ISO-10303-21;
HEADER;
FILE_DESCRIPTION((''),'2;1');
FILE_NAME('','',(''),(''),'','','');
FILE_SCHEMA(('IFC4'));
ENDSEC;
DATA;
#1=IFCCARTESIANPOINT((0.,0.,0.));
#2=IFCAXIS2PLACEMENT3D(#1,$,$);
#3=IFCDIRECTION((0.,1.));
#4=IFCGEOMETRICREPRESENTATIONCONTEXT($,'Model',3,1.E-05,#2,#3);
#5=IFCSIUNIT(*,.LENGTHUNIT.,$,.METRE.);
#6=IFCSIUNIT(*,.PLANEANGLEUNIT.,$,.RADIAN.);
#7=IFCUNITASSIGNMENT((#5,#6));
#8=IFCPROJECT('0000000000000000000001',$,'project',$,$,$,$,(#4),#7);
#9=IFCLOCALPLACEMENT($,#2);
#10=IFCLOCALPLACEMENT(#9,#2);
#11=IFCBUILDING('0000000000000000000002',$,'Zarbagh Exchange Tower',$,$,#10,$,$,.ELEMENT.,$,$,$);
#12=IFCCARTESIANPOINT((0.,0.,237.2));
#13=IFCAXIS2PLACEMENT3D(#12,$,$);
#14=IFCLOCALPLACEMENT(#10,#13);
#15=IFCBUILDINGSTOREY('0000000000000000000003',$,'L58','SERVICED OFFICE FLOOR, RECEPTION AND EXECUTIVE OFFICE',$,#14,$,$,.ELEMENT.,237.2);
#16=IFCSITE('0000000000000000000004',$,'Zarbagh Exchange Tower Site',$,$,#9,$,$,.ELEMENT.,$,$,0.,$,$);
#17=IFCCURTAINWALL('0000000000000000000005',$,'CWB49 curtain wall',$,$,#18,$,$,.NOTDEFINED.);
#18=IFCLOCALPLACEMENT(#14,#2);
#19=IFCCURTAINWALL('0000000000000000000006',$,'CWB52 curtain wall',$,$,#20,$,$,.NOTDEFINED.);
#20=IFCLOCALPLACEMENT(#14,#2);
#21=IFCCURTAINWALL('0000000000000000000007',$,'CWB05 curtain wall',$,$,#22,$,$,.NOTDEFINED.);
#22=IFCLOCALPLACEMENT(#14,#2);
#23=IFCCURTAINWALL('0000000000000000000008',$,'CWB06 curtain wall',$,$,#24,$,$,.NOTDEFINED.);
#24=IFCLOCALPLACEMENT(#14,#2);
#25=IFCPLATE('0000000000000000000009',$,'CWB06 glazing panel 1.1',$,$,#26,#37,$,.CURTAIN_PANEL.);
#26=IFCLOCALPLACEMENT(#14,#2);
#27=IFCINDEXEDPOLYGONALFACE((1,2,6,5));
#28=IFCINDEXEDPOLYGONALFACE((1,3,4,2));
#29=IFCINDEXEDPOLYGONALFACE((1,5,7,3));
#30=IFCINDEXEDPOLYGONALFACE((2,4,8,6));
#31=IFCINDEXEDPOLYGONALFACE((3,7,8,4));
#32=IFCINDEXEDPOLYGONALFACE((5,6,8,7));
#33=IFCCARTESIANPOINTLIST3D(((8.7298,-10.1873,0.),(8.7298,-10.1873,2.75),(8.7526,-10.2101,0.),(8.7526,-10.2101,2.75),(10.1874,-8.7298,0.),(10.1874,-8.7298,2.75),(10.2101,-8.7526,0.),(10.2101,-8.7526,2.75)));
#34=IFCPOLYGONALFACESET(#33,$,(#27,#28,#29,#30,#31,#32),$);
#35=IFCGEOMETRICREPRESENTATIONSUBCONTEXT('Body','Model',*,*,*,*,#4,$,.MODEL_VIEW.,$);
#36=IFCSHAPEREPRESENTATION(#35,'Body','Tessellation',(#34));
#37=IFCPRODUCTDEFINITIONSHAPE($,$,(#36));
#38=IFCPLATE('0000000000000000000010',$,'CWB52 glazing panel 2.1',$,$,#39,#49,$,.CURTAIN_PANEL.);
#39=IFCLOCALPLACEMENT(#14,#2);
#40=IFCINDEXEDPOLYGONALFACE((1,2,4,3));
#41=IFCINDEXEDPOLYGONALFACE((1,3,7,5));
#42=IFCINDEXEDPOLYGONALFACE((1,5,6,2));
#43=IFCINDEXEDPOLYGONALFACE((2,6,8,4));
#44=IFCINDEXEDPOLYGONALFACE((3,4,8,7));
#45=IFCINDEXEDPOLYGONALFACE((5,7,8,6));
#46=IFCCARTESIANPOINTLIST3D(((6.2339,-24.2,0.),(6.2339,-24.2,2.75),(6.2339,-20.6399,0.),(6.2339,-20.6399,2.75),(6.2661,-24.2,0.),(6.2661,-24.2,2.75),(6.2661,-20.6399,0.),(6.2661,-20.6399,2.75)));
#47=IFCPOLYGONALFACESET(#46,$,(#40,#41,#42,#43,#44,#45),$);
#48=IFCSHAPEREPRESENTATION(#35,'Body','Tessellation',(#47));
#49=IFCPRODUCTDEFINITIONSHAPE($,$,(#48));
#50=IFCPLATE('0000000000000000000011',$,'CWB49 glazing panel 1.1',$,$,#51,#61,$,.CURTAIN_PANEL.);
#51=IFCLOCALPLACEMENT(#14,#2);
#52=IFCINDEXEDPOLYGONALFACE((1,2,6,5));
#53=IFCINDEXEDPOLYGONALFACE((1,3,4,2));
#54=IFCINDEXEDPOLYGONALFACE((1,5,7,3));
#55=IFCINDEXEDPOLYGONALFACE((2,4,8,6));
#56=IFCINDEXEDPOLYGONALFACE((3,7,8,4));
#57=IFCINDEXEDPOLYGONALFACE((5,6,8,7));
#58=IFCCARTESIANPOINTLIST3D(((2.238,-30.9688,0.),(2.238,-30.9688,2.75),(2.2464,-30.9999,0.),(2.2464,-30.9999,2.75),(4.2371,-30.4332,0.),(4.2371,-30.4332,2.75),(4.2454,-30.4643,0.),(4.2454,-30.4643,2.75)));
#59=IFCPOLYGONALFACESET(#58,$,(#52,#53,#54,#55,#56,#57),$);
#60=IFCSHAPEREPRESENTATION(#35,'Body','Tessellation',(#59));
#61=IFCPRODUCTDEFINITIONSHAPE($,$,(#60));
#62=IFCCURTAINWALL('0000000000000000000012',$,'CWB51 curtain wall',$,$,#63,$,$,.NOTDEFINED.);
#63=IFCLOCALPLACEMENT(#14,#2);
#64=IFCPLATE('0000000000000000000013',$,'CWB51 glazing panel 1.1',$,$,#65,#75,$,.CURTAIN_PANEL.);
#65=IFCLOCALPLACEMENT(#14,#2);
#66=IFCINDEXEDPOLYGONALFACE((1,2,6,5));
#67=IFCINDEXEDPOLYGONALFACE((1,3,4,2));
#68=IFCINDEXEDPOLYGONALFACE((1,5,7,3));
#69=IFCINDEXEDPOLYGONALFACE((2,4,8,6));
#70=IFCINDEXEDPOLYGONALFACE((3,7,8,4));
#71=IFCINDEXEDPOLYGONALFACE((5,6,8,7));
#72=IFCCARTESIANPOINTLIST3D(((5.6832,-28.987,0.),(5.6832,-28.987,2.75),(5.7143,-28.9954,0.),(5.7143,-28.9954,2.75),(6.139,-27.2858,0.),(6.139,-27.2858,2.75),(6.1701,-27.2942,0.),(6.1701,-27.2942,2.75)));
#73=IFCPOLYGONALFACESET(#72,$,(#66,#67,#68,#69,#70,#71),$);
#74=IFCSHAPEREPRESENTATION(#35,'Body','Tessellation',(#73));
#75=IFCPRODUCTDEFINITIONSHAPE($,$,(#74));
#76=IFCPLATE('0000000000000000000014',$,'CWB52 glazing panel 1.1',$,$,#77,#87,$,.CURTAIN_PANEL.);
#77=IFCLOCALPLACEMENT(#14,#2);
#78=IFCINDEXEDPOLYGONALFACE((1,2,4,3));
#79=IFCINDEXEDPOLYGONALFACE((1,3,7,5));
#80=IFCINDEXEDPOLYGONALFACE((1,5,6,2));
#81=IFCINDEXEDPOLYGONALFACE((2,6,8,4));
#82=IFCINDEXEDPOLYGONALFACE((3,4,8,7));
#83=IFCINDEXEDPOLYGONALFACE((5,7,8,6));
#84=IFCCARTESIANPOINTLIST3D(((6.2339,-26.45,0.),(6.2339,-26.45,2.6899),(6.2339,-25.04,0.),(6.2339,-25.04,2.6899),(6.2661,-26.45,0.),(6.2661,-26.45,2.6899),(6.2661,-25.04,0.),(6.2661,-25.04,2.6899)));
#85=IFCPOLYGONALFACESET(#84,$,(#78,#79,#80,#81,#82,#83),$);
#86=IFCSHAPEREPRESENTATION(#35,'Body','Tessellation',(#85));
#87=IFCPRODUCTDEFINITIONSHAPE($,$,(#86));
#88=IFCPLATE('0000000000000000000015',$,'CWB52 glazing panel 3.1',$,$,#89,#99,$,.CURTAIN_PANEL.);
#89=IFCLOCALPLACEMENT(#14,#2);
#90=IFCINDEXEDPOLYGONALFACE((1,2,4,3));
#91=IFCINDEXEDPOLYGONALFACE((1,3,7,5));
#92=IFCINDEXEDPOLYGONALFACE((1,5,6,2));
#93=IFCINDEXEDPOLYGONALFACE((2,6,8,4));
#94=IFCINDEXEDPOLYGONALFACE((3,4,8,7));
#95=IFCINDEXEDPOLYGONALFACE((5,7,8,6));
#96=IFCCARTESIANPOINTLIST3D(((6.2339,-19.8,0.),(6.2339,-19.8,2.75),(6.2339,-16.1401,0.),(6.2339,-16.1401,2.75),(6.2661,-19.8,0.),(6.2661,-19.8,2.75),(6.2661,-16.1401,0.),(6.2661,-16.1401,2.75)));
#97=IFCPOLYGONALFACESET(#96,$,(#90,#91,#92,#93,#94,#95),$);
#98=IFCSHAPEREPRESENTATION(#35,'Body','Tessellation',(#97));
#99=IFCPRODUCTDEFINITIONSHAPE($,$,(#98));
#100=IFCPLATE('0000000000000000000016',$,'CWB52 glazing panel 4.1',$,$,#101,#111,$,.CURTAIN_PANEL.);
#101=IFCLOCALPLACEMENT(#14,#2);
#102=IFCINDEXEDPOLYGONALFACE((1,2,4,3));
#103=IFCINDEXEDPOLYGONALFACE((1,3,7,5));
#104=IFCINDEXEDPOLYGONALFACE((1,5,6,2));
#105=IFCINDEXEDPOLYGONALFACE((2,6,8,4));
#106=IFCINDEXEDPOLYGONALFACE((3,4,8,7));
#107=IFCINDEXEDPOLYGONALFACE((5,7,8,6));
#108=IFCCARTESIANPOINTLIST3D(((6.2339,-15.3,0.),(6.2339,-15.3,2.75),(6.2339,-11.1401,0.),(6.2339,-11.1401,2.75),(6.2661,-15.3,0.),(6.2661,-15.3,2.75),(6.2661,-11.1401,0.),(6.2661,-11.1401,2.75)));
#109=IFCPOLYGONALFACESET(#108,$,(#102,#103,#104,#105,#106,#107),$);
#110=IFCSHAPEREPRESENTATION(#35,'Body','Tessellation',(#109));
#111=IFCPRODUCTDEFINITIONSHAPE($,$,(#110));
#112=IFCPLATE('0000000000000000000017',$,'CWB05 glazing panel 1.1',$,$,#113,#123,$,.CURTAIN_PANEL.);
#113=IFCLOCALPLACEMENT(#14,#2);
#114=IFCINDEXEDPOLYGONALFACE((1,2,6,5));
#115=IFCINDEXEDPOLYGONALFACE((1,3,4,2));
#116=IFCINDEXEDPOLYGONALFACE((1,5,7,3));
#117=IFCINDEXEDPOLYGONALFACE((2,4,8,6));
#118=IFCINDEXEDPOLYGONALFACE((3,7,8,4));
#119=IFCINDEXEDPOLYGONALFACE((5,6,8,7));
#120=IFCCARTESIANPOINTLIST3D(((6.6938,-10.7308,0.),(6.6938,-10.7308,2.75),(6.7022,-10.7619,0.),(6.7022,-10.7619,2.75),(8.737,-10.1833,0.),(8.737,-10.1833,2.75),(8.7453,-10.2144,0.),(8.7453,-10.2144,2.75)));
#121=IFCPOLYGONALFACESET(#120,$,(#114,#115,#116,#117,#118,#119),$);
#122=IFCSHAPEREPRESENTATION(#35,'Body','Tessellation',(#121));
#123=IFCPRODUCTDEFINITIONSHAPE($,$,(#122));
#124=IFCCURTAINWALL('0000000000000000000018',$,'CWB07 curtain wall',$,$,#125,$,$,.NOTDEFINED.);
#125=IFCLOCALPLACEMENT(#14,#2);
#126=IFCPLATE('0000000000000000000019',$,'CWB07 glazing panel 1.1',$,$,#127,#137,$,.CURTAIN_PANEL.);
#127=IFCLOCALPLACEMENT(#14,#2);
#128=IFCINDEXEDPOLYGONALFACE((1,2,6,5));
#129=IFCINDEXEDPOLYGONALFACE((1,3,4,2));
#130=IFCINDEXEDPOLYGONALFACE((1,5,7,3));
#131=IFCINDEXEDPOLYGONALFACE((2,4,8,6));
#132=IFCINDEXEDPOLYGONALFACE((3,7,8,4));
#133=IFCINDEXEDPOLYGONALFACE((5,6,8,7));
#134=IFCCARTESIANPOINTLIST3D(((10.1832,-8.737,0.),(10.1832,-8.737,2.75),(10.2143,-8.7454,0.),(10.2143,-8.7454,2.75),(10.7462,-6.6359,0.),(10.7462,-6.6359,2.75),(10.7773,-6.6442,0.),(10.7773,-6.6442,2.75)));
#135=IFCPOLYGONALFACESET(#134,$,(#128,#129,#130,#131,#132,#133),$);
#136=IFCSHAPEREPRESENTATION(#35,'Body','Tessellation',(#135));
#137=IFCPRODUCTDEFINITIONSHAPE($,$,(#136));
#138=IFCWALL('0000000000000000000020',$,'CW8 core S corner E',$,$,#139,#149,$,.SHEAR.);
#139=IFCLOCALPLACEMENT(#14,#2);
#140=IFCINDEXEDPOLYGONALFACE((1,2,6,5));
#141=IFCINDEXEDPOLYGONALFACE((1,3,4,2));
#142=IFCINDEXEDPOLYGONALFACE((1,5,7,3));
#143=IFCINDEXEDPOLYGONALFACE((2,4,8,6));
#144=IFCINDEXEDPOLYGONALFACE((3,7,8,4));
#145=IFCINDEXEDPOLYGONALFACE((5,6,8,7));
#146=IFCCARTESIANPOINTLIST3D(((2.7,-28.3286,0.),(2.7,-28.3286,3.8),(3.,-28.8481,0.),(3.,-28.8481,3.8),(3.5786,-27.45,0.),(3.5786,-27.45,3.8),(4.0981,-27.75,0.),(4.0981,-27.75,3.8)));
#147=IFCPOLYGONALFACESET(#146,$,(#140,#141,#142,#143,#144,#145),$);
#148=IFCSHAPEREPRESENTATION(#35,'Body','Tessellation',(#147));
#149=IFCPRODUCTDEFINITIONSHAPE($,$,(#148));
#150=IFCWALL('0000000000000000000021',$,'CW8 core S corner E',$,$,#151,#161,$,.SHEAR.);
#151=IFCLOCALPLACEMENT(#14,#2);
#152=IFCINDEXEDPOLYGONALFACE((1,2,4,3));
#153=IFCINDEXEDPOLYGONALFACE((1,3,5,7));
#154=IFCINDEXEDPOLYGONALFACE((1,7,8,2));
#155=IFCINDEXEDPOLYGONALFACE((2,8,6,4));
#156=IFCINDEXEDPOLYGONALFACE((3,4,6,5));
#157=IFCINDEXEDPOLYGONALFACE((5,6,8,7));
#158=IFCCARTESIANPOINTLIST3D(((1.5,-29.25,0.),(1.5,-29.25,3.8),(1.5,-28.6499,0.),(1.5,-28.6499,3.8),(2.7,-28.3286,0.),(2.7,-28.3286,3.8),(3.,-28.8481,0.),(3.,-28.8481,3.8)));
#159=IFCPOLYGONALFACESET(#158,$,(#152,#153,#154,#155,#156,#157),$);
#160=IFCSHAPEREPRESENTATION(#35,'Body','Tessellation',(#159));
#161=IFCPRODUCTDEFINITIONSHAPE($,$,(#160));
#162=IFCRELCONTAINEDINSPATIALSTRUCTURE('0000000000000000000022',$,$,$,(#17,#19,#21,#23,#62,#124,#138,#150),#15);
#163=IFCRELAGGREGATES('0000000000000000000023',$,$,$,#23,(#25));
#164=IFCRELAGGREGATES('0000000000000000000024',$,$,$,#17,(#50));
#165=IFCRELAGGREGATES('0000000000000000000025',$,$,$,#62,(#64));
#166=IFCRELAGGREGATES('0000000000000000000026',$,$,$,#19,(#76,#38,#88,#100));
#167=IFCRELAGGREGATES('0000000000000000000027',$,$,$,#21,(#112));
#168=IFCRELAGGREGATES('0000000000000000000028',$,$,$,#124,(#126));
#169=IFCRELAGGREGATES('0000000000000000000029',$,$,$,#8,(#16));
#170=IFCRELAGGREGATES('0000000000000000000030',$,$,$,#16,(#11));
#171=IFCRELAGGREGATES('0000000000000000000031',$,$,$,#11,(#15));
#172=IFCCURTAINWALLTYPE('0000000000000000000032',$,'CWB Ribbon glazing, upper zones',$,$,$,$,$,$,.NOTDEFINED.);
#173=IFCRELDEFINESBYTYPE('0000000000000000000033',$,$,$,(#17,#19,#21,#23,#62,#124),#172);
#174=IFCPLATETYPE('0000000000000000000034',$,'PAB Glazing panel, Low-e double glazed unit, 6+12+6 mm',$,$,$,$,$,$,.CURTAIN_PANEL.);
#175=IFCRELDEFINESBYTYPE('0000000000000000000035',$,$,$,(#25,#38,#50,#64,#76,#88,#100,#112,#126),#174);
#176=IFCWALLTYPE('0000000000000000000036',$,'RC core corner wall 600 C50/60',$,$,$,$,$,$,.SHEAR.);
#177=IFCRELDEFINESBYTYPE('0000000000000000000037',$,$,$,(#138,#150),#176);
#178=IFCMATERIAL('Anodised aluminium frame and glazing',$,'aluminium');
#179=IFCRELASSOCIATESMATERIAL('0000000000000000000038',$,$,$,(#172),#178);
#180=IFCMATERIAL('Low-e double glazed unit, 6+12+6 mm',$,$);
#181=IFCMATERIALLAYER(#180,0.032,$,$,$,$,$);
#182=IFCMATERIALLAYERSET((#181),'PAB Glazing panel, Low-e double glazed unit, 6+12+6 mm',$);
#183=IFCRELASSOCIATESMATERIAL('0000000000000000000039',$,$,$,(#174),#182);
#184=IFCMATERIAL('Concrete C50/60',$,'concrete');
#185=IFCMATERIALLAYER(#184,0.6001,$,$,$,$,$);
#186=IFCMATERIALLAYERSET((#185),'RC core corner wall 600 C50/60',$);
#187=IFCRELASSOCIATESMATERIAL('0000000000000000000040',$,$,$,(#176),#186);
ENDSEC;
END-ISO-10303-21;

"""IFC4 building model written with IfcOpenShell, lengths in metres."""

from ifc_helpers import new_model, si_unit, direction, frame, origin, place, context, subcontext, project, spatial, polyline, outline, extrude, source, transform, mapped, material, layer, layer_set, type_object, element, aggregate, save


model = new_model("IFC4")

# Units and contexts
model_context = context("Model", 3, precision=1e-05, world=origin(), true_north=direction((0.0, 1.0)))
body_context = subcontext(model_context, "Body", "Model", "MODEL_VIEW")
ifc_project = project(units=[si_unit("LENGTHUNIT", "METRE"), si_unit("PLANEANGLEUNIT", "RADIAN")], contexts=[model_context])

# Site, building, storey
site_placement = place(None, origin())
site = spatial("IfcSite", under=ifc_project, at=site_placement, Name="Zarbagh Exchange Tower Site", CompositionType="ELEMENT", RefElevation=0.0)
building_placement = place(site_placement, origin())
building = spatial("IfcBuilding", under=site, at=building_placement, Name="Zarbagh Exchange Tower", CompositionType="ELEMENT")
storey_placement = place(building_placement, frame((0.0, 0.0, 237.2)))
storey = spatial("IfcBuildingStorey", under=building, at=storey_placement, Name="L58", Description="SERVICED OFFICE FLOOR, RECEPTION AND EXECUTIVE OFFICE", CompositionType="ELEMENT", Elevation=237.2)

# Curtain wall
ifc_material_1 = material(Name="Anodised aluminium frame and glazing", Category="aluminium")
curtain_wall_type = type_object("IfcCurtainWallType", Name="CWB Ribbon glazing, upper zones", PredefinedType="NOTDEFINED", material=ifc_material_1)
curtain_wall_1_placement = place(storey_placement, origin())
curtain_wall_1 = element("IfcCurtainWall", 1, at=curtain_wall_1_placement, inside=storey, type_object=curtain_wall_type, Name="CWB49 curtain wall", PredefinedType="NOTDEFINED")
placement = place(storey_placement, origin())

# Curtain wall
curtain_wall_2_placement = place(storey_placement, origin())
curtain_wall_2 = element("IfcCurtainWall", 2, at=curtain_wall_2_placement, inside=storey, type_object=curtain_wall_type, Name="CWB52 curtain wall", PredefinedType="NOTDEFINED")

# Curtain wall
curtain_wall_3_placement = place(storey_placement, origin())
curtain_wall_3 = element("IfcCurtainWall", 3, at=curtain_wall_3_placement, inside=storey, type_object=curtain_wall_type, Name="CWB05 curtain wall", PredefinedType="NOTDEFINED")

# Curtain wall, plate
ifc_material_2 = material(Name="Low-e double glazed unit, 6+12+6 mm")
ifc_layer_1 = layer(ifc_material_2, 0.032)
ifc_layer_set_1 = layer_set([ifc_layer_1], Name="PAB Glazing panel, Low-e double glazed unit, 6+12+6 mm")
plate_type = type_object("IfcPlateType", Name="PAB Glazing panel, Low-e double glazed unit, 6+12+6 mm", PredefinedType="CURTAIN_PANEL", material=ifc_layer_set_1)
shared_shape_1 = source(origin(), body_context, "Body", "SweptSolid", [
    extrude(outline(polyline([(0.0, -0.0161), (2.0613, -0.0161), (2.0613, 0.0161), (0.0, 0.0161), (0.0, -0.0161)])), origin(), (0.0, 0.0, 1.0), 2.75),
])
curtain_wall_4_placement = place(storey_placement, origin())
curtain_wall_4 = element("IfcCurtainWall", 4, at=curtain_wall_4_placement, inside=storey, type_object=curtain_wall_type, Name="CWB06 curtain wall", PredefinedType="NOTDEFINED")
plate_1 = element("IfcPlate", 5, at=placement, type_object=plate_type, Name="CWB06 glazing panel 1.1", PredefinedType="CURTAIN_PANEL", context=body_context, shape_type="MappedRepresentation", body=[
    mapped(shared_shape_1, transform((8.7412, -10.1987, 0.0), x_axis=(0.707107, 0.707107, 0.0), y_axis=(-0.707107, 0.707107, 0.0), z_axis=(0.0, 0.0, 1.0))),
])
aggregate(curtain_wall_4, [plate_1])

# Plates
shared_shape_2 = source(origin(), body_context, "Body", "SweptSolid", [
    extrude(outline(polyline([(0.0, -0.0161), (3.5601, -0.0161), (3.5601, 0.0161), (0.0, 0.0161), (0.0, -0.0161)])), origin(), (0.0, 0.0, 1.0), 2.75),
])
plate_2 = element("IfcPlate", 6, at=placement, type_object=plate_type, Name="CWB52 glazing panel 2.1", PredefinedType="CURTAIN_PANEL", context=body_context, shape_type="MappedRepresentation", body=[
    mapped(shared_shape_2, transform((6.25, -24.2, 0.0), x_axis=(0.0, 1.0, 0.0), y_axis=(-1.0, 0.0, 0.0), z_axis=(0.0, 0.0, 1.0))),
])
shared_shape_3 = source(origin(), body_context, "Body", "SweptSolid", [
    extrude(outline(polyline([(0.0, -0.0161), (2.0696, -0.0161), (2.0696, 0.0161), (0.0, 0.0161), (0.0, -0.0161)])), origin(), (0.0, 0.0, 1.0), 2.75),
])
plate_3 = element("IfcPlate", 7, at=placement, type_object=plate_type, Name="CWB49 glazing panel 1.1", PredefinedType="CURTAIN_PANEL", context=body_context, shape_type="MappedRepresentation", body=[
    mapped(shared_shape_3, transform((2.2422, -30.9844, 0.0), x_axis=(0.965924, 0.258825, 0.0), y_axis=(-0.258825, 0.965924, 0.0), z_axis=(0.0, 0.0, 1.0))),
])
aggregate(curtain_wall_1, [plate_3])

# Curtain wall, plate
curtain_wall_5_placement = place(storey_placement, origin())
curtain_wall_5 = element("IfcCurtainWall", 8, at=curtain_wall_5_placement, inside=storey, type_object=curtain_wall_type, Name="CWB51 curtain wall", PredefinedType="NOTDEFINED")
shared_shape_4 = source(origin(), body_context, "Body", "SweptSolid", [
    extrude(outline(polyline([(0.0, -0.0161), (1.7612, -0.0161), (1.7612, 0.0161), (0.0, 0.0161), (0.0, -0.0161)])), origin(), (0.0, 0.0, 1.0), 2.75),
])
plate_4 = element("IfcPlate", 9, at=placement, type_object=plate_type, Name="CWB51 glazing panel 1.1", PredefinedType="CURTAIN_PANEL", context=body_context, shape_type="MappedRepresentation", body=[
    mapped(shared_shape_4, transform((5.6987, -28.9912, 0.0), x_axis=(0.258825, 0.965924, 0.0), y_axis=(-0.965924, 0.258825, 0.0), z_axis=(0.0, 0.0, 1.0))),
])
aggregate(curtain_wall_5, [plate_4])

# Plates
shared_shape_5 = source(origin(), body_context, "Body", "SweptSolid", [
    extrude(outline(polyline([(0.0, -0.0161), (1.4099, -0.0161), (1.4099, 0.0161), (0.0, 0.0161), (0.0, -0.0161)])), origin(), (0.0, 0.0, 1.0), 2.6899),
])
plate_5 = element("IfcPlate", 10, at=placement, type_object=plate_type, Name="CWB52 glazing panel 1.1", PredefinedType="CURTAIN_PANEL", context=body_context, shape_type="MappedRepresentation", body=[
    mapped(shared_shape_5, transform((6.25, -26.45, 0.0), x_axis=(0.0, 1.0, 0.0), y_axis=(-1.0, 0.0, 0.0), z_axis=(0.0, 0.0, 1.0))),
])
shared_shape_6 = source(origin(), body_context, "Body", "SweptSolid", [
    extrude(outline(polyline([(0.0, -0.0161), (3.6599, -0.0161), (3.6599, 0.0161), (0.0, 0.0161), (0.0, -0.0161)])), origin(), (0.0, 0.0, 1.0), 2.75),
])
plate_6 = element("IfcPlate", 11, at=placement, type_object=plate_type, Name="CWB52 glazing panel 3.1", PredefinedType="CURTAIN_PANEL", context=body_context, shape_type="MappedRepresentation", body=[
    mapped(shared_shape_6, transform((6.25, -19.8, 0.0), x_axis=(0.0, 1.0, 0.0), y_axis=(-1.0, 0.0, 0.0), z_axis=(0.0, 0.0, 1.0))),
])
shared_shape_7 = source(origin(), body_context, "Body", "SweptSolid", [
    extrude(outline(polyline([(0.0, -0.0161), (4.1599, -0.0161), (4.1599, 0.0161), (0.0, 0.0161), (0.0, -0.0161)])), origin(), (0.0, 0.0, 1.0), 2.75),
])
plate_7 = element("IfcPlate", 12, at=placement, type_object=plate_type, Name="CWB52 glazing panel 4.1", PredefinedType="CURTAIN_PANEL", context=body_context, shape_type="MappedRepresentation", body=[
    mapped(shared_shape_7, transform((6.25, -15.3, 0.0), x_axis=(0.0, 1.0, 0.0), y_axis=(-1.0, 0.0, 0.0), z_axis=(0.0, 0.0, 1.0))),
])
aggregate(curtain_wall_2, [plate_5, plate_2, plate_6, plate_7])
shared_shape_8 = source(origin(), body_context, "Body", "SweptSolid", [
    extrude(outline(polyline([(0.0, -0.0161), (2.1152, -0.0161), (2.1152, 0.0161), (0.0, 0.0161), (0.0, -0.0161)])), origin(), (0.0, 0.0, 1.0), 2.75),
])
plate_8 = element("IfcPlate", 13, at=placement, type_object=plate_type, Name="CWB05 glazing panel 1.1", PredefinedType="CURTAIN_PANEL", context=body_context, shape_type="MappedRepresentation", body=[
    mapped(shared_shape_8, transform((6.698, -10.7463, 0.0), x_axis=(0.965924, 0.258825, 0.0), y_axis=(-0.258825, 0.965924, 0.0), z_axis=(0.0, 0.0, 1.0))),
])
aggregate(curtain_wall_3, [plate_8])

# Curtain wall, plate
curtain_wall_6_placement = place(storey_placement, origin())
curtain_wall_6 = element("IfcCurtainWall", 14, at=curtain_wall_6_placement, inside=storey, type_object=curtain_wall_type, Name="CWB07 curtain wall", PredefinedType="NOTDEFINED")
shared_shape_9 = source(origin(), body_context, "Body", "SweptSolid", [
    extrude(outline(polyline([(0.0, -0.0161), (2.1753, -0.0161), (2.1753, 0.0161), (0.0, 0.0161), (0.0, -0.0161)])), origin(), (0.0, 0.0, 1.0), 2.75),
])
plate_9 = element("IfcPlate", 15, at=placement, type_object=plate_type, Name="CWB07 glazing panel 1.1", PredefinedType="CURTAIN_PANEL", context=body_context, shape_type="MappedRepresentation", body=[
    mapped(shared_shape_9, transform((10.1987, -8.7412, 0.0), x_axis=(0.258825, 0.965924, 0.0), y_axis=(-0.965924, 0.258825, 0.0), z_axis=(0.0, 0.0, 1.0))),
])
aggregate(curtain_wall_6, [plate_9])

# Walls
ifc_material_3 = material(Name="Concrete C50/60", Category="concrete")
ifc_layer_2 = layer(ifc_material_3, 0.6001)
ifc_layer_set_2 = layer_set([ifc_layer_2], Name="RC core corner wall 600 C50/60")
wall_type = type_object("IfcWallType", Name="RC core corner wall 600 C50/60", PredefinedType="SHEAR", material=ifc_layer_set_2)
wall_1_placement = place(storey_placement, origin())
element("IfcWall", 16, at=wall_1_placement, inside=storey, type_object=wall_type, Name="CW8 core S corner E", PredefinedType="SHEAR", context=body_context, shape_type="SweptSolid", body=[
    extrude(outline(polyline([(4.0981, -27.75), (3.0, -28.8481), (2.7, -28.3286), (3.5786, -27.45), (4.0981, -27.75)])), origin(), (0.0, 0.0, 1.0), 3.8),
])
wall_2_placement = place(storey_placement, origin())
element("IfcWall", 17, at=wall_2_placement, inside=storey, type_object=wall_type, Name="CW8 core S corner E", PredefinedType="SHEAR", context=body_context, shape_type="SweptSolid", body=[
    extrude(outline(polyline([(3.0, -28.8481), (1.5, -29.25), (1.5, -28.6499), (2.7, -28.3286), (3.0, -28.8481)])), origin(), (0.0, 0.0, 1.0), 3.8),
])

save(model, "model.ifc")
